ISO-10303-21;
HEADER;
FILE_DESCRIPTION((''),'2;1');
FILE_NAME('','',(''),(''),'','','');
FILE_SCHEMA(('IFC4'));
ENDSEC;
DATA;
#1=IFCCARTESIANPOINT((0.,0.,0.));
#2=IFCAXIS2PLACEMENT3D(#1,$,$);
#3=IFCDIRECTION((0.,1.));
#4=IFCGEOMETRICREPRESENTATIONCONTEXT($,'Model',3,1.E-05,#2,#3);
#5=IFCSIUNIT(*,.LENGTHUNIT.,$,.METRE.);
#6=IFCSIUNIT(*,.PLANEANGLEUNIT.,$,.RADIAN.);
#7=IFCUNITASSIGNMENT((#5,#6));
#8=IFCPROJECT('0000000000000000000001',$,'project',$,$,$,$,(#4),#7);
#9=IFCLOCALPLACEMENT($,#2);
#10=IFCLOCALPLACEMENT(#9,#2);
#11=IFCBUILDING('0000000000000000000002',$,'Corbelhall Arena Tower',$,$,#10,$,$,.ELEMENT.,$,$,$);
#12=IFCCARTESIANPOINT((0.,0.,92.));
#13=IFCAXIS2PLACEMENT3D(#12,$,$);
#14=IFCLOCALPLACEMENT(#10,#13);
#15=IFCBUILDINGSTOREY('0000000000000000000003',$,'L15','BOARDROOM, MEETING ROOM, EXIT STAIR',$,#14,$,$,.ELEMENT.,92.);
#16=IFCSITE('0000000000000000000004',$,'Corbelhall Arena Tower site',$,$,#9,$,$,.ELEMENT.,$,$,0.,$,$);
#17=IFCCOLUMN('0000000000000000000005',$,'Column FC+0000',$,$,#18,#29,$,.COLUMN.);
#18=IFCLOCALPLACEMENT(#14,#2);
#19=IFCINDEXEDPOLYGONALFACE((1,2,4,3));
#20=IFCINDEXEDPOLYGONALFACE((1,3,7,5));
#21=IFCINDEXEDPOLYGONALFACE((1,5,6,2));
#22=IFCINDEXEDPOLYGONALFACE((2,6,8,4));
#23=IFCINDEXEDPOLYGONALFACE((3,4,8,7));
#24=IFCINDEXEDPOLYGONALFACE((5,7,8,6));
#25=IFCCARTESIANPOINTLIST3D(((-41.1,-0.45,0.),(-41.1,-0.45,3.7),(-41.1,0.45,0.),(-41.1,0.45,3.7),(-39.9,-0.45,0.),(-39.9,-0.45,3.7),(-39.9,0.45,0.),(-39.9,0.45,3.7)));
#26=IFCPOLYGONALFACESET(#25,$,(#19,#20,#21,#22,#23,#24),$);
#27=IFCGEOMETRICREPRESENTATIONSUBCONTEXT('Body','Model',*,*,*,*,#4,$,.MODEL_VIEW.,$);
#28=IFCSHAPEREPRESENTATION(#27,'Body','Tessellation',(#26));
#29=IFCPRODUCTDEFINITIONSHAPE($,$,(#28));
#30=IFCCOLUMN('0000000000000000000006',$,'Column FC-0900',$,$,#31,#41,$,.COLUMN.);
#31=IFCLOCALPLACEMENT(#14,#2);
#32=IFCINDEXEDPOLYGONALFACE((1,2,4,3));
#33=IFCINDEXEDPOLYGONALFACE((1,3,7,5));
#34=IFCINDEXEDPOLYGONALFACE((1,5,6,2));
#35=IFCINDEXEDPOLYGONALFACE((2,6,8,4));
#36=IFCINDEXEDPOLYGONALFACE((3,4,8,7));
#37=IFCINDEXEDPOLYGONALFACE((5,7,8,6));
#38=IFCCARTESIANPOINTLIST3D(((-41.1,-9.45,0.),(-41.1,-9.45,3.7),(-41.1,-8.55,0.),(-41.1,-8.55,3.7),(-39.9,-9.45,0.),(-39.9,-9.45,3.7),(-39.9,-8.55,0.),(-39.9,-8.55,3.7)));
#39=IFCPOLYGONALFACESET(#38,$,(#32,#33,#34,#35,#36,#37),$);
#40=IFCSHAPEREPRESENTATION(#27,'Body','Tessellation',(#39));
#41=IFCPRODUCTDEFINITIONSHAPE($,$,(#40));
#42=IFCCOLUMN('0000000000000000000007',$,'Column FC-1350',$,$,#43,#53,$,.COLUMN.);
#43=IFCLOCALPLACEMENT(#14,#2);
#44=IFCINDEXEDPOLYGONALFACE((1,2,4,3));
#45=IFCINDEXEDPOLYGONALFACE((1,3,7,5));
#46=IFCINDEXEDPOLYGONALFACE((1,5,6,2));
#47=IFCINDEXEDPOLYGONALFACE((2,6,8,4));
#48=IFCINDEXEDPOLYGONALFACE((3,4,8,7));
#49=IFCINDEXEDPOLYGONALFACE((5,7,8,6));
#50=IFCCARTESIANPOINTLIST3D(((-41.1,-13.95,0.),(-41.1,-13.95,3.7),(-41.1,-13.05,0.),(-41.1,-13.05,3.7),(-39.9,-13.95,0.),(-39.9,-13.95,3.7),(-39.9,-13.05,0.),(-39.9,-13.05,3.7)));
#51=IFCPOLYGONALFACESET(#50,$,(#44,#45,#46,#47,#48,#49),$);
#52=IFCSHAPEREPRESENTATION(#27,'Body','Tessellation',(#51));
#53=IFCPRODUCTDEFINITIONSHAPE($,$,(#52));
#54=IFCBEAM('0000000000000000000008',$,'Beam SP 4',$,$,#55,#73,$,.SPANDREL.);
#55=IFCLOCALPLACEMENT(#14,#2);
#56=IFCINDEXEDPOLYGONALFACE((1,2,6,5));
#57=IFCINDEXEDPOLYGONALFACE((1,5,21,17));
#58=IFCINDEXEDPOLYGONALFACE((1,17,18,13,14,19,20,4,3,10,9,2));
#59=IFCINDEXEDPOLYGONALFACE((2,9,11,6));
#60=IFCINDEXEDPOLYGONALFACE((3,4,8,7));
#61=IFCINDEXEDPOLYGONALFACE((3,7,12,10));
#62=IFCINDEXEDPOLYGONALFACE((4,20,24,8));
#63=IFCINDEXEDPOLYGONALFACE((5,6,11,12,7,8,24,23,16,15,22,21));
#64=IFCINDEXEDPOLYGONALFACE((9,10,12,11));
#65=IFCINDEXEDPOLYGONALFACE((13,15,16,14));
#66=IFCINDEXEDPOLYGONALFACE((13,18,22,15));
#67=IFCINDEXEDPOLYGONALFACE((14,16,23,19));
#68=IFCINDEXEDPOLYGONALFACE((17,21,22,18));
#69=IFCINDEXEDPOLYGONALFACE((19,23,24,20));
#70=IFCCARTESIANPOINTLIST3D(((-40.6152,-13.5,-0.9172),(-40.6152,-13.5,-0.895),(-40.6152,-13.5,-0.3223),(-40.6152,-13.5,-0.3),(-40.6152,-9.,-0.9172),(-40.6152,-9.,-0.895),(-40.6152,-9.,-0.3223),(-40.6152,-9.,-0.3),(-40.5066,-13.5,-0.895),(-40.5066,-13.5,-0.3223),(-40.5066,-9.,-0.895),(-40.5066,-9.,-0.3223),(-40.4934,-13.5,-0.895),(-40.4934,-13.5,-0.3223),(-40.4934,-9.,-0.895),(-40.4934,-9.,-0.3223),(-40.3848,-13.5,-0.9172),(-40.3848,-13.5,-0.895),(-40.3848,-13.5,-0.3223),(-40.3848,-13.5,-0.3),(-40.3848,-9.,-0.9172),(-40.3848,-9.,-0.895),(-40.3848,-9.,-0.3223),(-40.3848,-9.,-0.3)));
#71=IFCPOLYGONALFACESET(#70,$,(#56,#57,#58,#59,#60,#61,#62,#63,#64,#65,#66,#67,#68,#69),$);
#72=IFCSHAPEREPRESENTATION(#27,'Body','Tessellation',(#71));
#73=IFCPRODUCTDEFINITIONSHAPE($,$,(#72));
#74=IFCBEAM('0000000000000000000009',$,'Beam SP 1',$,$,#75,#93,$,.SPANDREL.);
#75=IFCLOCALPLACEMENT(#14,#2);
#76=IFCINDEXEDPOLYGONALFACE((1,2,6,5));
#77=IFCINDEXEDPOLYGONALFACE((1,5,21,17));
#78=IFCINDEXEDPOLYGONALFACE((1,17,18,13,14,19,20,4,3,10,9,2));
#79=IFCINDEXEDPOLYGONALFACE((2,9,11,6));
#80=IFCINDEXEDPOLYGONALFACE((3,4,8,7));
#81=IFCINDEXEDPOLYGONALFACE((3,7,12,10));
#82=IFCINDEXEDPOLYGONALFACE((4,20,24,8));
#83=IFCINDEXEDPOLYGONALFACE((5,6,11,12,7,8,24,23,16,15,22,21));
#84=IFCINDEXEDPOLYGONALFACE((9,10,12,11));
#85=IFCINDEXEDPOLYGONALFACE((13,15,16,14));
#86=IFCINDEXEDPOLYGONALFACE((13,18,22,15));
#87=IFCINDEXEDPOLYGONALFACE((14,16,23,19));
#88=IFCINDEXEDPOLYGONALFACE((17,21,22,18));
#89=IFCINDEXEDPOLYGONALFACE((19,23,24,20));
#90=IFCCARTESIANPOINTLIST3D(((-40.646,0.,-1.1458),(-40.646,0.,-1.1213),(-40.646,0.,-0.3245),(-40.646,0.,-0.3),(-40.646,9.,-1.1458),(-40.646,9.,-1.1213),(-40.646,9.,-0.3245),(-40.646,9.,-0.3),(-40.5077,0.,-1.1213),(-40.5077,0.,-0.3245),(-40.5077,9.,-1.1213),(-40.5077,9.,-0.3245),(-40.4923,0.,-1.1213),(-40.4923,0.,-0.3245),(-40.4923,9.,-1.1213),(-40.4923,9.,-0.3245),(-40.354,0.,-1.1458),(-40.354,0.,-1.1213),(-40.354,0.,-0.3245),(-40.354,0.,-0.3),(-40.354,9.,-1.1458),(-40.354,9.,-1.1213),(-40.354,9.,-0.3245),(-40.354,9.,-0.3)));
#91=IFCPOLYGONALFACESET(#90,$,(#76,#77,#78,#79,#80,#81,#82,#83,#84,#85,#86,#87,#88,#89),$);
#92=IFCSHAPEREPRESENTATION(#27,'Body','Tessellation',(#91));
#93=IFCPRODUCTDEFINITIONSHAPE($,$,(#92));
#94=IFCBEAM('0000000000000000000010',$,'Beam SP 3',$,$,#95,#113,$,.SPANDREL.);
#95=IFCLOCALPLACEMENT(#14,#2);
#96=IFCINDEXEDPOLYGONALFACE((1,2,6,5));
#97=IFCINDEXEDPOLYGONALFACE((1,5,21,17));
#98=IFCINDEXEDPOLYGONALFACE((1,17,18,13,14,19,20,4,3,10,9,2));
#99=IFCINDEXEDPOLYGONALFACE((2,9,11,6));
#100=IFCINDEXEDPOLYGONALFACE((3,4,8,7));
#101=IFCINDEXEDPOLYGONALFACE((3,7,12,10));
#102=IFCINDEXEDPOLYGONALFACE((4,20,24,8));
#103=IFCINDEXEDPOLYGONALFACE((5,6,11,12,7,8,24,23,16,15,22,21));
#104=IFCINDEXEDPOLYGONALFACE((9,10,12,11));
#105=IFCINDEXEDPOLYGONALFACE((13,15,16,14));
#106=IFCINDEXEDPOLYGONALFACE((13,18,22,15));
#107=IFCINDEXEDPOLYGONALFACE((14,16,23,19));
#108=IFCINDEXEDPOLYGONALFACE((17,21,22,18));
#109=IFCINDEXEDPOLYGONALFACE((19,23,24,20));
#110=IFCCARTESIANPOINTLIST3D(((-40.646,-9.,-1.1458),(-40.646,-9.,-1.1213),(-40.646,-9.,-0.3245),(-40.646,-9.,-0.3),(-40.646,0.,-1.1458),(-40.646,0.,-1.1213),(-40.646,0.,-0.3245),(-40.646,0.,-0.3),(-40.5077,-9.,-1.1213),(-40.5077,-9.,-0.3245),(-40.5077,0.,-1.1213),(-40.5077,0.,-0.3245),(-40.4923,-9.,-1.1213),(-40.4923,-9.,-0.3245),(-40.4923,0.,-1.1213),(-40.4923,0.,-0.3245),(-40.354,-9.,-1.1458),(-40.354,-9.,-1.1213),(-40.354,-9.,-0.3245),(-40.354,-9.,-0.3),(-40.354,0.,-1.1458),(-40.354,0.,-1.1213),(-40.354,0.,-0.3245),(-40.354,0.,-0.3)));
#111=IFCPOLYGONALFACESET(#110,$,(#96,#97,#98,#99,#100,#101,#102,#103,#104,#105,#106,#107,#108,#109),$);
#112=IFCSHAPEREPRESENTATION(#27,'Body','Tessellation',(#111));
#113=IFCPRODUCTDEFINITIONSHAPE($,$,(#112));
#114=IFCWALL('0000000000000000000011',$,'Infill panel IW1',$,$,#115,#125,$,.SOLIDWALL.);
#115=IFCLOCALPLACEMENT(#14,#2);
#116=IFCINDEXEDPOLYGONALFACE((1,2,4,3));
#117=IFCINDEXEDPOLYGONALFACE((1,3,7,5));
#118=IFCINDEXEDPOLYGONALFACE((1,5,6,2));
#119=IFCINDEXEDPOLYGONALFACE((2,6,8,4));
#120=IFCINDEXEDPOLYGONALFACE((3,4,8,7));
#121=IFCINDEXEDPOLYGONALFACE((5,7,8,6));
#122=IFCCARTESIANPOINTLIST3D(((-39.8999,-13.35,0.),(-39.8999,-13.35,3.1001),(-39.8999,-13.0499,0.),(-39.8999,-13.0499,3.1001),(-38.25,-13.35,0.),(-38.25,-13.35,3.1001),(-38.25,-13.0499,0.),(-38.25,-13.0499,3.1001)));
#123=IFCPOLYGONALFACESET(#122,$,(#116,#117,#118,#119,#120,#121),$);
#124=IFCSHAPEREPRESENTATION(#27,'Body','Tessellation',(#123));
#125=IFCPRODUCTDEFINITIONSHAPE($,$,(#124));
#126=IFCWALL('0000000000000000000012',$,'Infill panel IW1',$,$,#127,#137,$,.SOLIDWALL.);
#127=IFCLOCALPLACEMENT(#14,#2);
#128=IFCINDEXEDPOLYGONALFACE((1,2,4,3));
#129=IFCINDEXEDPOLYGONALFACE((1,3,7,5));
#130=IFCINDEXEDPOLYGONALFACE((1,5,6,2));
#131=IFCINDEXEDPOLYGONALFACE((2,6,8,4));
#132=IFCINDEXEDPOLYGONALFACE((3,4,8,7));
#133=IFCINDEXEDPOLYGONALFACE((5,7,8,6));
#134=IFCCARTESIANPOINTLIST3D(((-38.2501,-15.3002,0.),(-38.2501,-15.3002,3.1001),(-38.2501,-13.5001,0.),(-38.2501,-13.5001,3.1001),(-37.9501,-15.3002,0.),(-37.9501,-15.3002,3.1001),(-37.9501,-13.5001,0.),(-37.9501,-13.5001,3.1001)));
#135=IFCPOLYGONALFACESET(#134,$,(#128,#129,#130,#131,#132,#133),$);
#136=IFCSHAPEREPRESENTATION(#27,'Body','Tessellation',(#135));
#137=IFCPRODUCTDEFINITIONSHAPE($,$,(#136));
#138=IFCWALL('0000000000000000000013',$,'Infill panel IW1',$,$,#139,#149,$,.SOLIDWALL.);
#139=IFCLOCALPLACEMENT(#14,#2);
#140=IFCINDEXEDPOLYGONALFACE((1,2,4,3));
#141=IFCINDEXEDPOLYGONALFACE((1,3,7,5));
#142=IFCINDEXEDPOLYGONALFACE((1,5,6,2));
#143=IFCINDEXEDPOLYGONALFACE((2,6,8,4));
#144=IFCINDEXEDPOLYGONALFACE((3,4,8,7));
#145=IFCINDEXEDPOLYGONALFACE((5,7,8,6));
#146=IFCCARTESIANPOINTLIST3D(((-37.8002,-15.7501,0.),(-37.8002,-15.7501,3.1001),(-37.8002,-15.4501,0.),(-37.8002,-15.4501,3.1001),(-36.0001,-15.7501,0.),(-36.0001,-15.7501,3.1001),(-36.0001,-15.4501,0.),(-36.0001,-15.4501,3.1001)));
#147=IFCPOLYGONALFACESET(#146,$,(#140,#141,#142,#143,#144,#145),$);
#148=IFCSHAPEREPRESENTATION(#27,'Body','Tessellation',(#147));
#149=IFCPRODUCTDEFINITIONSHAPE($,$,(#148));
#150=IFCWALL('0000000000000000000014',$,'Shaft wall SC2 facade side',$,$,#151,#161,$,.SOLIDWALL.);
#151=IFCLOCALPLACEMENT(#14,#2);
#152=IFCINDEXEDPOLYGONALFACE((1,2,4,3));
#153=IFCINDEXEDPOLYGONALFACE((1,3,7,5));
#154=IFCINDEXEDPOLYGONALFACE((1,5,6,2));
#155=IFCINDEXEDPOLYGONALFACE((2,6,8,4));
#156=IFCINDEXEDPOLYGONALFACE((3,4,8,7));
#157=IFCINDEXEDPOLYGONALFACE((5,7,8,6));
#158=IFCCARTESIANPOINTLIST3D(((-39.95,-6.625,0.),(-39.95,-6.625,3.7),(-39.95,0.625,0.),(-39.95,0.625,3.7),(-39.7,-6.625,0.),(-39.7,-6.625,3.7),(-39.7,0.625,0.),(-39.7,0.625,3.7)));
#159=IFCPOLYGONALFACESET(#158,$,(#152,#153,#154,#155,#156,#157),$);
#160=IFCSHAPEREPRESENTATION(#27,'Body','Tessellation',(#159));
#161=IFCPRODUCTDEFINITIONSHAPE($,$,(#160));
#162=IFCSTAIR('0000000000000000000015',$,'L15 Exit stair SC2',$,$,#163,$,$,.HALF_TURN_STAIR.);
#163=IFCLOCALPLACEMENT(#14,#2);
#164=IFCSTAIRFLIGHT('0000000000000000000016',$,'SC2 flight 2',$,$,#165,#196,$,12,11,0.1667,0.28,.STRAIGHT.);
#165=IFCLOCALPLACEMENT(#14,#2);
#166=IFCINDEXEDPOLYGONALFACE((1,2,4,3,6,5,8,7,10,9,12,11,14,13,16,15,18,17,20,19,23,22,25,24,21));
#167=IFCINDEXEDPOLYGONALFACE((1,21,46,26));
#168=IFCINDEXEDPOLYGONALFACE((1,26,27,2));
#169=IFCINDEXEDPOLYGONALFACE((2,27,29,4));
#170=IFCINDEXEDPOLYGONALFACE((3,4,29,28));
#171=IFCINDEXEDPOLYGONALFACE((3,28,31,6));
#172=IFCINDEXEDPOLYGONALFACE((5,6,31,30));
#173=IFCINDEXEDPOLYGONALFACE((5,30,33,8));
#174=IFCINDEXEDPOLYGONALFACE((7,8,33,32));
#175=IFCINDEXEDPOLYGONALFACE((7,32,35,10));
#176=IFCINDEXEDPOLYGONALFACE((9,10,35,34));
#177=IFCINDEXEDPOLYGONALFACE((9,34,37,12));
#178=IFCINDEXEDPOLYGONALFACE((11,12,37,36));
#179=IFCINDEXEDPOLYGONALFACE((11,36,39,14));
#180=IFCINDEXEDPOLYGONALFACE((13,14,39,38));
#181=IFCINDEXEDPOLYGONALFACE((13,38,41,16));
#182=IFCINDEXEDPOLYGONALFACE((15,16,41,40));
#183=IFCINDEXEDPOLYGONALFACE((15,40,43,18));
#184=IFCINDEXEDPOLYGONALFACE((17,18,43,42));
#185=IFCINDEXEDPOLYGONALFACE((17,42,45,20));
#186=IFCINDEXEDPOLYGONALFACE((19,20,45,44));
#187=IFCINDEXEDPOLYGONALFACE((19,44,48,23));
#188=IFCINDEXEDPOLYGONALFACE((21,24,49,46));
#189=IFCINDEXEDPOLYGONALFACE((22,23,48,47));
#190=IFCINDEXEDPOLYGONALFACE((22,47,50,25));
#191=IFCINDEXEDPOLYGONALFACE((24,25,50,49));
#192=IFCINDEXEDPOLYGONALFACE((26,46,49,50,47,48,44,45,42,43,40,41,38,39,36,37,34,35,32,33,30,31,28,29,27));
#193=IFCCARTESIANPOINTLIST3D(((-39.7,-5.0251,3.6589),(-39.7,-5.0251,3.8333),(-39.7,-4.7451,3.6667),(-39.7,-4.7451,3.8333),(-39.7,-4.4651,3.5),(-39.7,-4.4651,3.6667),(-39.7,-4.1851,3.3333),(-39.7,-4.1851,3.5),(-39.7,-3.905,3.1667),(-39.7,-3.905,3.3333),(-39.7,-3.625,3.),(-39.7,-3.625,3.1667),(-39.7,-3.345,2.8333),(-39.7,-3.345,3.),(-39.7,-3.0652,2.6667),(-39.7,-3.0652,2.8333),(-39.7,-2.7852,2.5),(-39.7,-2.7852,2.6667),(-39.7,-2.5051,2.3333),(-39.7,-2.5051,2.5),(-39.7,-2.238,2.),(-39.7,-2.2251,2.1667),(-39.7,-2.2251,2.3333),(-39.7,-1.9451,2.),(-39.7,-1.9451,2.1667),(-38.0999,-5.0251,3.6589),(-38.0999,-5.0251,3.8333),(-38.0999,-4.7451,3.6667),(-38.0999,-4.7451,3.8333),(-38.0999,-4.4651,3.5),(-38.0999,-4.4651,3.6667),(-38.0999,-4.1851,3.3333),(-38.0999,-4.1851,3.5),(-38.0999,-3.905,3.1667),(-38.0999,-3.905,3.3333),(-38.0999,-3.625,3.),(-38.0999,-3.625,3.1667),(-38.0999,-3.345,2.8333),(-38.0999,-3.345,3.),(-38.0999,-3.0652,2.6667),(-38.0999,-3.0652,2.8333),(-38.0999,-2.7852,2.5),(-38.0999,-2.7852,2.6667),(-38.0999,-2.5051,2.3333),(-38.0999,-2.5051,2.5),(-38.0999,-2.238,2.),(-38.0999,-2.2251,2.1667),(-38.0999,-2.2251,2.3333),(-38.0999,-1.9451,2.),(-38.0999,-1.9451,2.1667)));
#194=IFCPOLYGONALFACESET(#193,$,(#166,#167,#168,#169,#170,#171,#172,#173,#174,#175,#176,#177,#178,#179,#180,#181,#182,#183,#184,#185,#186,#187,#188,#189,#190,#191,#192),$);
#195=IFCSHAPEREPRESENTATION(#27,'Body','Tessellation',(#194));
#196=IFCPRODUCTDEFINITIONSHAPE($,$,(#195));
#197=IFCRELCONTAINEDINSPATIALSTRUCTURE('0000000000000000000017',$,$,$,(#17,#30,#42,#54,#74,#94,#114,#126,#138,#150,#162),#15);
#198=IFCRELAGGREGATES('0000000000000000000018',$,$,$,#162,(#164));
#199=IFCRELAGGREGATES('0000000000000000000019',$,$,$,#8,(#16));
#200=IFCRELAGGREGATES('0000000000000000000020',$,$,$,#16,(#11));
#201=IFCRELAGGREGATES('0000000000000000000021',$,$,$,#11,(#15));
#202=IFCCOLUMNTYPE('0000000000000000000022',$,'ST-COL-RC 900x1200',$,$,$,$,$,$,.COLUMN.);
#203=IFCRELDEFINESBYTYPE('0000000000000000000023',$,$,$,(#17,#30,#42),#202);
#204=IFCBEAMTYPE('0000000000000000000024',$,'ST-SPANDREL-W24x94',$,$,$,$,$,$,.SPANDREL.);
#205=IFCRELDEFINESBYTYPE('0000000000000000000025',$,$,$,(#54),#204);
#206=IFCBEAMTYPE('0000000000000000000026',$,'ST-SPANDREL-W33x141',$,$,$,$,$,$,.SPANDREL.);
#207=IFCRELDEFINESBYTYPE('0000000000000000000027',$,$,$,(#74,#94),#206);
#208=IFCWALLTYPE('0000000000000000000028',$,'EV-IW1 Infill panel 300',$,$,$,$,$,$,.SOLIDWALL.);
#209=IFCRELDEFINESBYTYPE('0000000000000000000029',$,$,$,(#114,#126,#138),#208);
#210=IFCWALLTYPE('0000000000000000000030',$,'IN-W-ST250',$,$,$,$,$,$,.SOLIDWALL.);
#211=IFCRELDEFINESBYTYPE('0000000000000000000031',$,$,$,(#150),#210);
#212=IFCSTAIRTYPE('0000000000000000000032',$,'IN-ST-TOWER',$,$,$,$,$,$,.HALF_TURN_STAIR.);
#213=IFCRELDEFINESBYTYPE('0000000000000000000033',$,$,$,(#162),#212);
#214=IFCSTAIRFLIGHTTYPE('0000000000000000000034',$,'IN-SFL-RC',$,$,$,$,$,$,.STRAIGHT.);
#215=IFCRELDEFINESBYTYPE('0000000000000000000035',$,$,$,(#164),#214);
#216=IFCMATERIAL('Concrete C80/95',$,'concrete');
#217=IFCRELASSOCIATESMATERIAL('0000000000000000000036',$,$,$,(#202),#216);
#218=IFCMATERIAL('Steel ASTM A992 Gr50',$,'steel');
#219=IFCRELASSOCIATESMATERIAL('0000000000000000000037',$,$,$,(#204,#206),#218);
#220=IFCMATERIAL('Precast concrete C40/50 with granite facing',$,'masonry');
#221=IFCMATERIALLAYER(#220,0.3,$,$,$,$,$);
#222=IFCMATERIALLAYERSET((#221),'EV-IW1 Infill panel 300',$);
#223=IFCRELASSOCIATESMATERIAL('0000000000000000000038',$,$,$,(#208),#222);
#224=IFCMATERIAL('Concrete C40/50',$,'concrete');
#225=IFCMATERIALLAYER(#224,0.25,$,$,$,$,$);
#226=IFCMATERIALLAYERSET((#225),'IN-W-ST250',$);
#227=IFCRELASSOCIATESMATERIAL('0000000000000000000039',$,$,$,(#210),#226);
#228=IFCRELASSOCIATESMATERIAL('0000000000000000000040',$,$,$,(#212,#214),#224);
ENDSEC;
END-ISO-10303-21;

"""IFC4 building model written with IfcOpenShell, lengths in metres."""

from ifc_helpers import new_model, si_unit, direction, frame, frame_2d, origin, origin_2d, place, context, subcontext, project, spatial, polyline, rectangle, i_section, outline, extrude, material, layer, layer_set, material_profile, profile_set, type_object, element, aggregate, save


model = new_model("IFC4")

# Units and contexts
model_context = context("Model", 3, precision=1e-05, world=origin(), true_north=direction((0.0, 1.0)))
body_context = subcontext(model_context, "Body", "Model", "MODEL_VIEW")
ifc_project = project(units=[si_unit("LENGTHUNIT", "METRE"), si_unit("PLANEANGLEUNIT", "RADIAN")], contexts=[model_context])

# Site, building, storey
site_placement = place(None, origin())
site = spatial("IfcSite", under=ifc_project, at=site_placement, Name="Corbelhall Arena Tower site", CompositionType="ELEMENT", RefElevation=0.0)
building_placement = place(site_placement, origin())
building = spatial("IfcBuilding", under=site, at=building_placement, Name="Corbelhall Arena Tower", CompositionType="ELEMENT")
storey_placement = place(building_placement, frame((0.0, 0.0, 92.0)))
storey = spatial("IfcBuildingStorey", under=building, at=storey_placement, Name="L15", Description="BOARDROOM, MEETING ROOM, EXIT STAIR", CompositionType="ELEMENT", Elevation=92.0)

# Columns
ifc_material_1 = material(Name="Concrete C80/95", Category="concrete")
ifc_material_profile_1 = material_profile(ifc_material_1, rectangle(XDim=0.8999, YDim=1.2, at=origin_2d()))
ifc_profile_set_1 = profile_set([ifc_material_profile_1], Name="Concrete C80/95")
column_type = type_object("IfcColumnType", Name="ST-COL-RC 900x1200", PredefinedType="COLUMN", material=ifc_profile_set_1)
for number, where, z_axis, x_axis, name in (
    (1, (-40.5, 0.0, 0.0), (0.0, 0.0, 1.0), (0.0, 1.0, 0.0), "Column FC+0000"),
    (2, (-40.5, -9.0, 0.0), (0.0, 0.0, 1.0), (0.0, 1.0, 0.0), "Column FC-0900"),
    (3, (-40.5, -13.5, 0.0), (0.0, 0.0, 1.0), (0.0, 1.0, 0.0), "Column FC-1350"),
):
    element("IfcColumn", number, at=place(storey_placement, frame(where, z_axis=z_axis, x_axis=x_axis)), inside=storey, type_object=column_type, Name=name, PredefinedType="COLUMN", context=body_context, shape_type="SweptSolid", body=[
        extrude(rectangle(XDim=0.8999, YDim=1.2, at=origin_2d()), origin(), (0.0, 0.0, 1.0), 3.7),
    ])

# Beams
ifc_material_2 = material(Name="Steel ASTM A992 Gr50", Category="steel")
ifc_material_profile_2 = material_profile(ifc_material_2, i_section(OverallWidth=0.2305, OverallDepth=0.6172, WebThickness=0.0132, FlangeThickness=0.0222, at=origin_2d()))
ifc_profile_set_2 = profile_set([ifc_material_profile_2], Name="Steel ASTM A992 Gr50")
beam_type_1 = type_object("IfcBeamType", Name="ST-SPANDREL-W24x94", PredefinedType="SPANDREL", material=ifc_profile_set_2)
beam_placement = place(storey_placement, frame((-40.5, -13.5, -0.6086), z_axis=(0.0, 1.0, 0.0), x_axis=(-1.0, 0.0, 0.0)))
element("IfcBeam", 4, at=beam_placement, inside=storey, type_object=beam_type_1, Name="Beam SP 4", PredefinedType="SPANDREL", context=body_context, shape_type="SweptSolid", body=[
    extrude(i_section(OverallWidth=0.2305, OverallDepth=0.6172, WebThickness=0.0132, FlangeThickness=0.0222, at=origin_2d()), origin(), (0.0, 0.0, 1.0), 4.5),
])
ifc_material_profile_3 = material_profile(ifc_material_2, i_section(OverallWidth=0.292, OverallDepth=0.8457, WebThickness=0.0154, FlangeThickness=0.0244, at=origin_2d()))
ifc_profile_set_3 = profile_set([ifc_material_profile_3], Name="Steel ASTM A992 Gr50")
beam_type_2 = type_object("IfcBeamType", Name="ST-SPANDREL-W33x141", PredefinedType="SPANDREL", material=ifc_profile_set_3)
for number, where, z_axis, x_axis, name in (
    (5, (-40.5, 0.0, -0.7229), (0.0, 1.0, 0.0), (-1.0, 0.0, 0.0), "Beam SP 1"),
    (6, (-40.5, -9.0, -0.7229), (0.0, 1.0, 0.0), (-1.0, 0.0, 0.0), "Beam SP 3"),
):
    element("IfcBeam", number, at=place(storey_placement, frame(where, z_axis=z_axis, x_axis=x_axis)), inside=storey, type_object=beam_type_2, Name=name, PredefinedType="SPANDREL", context=body_context, shape_type="SweptSolid", body=[
        extrude(i_section(OverallWidth=0.292, OverallDepth=0.8457, WebThickness=0.0154, FlangeThickness=0.0244, at=origin_2d()), origin(), (0.0, 0.0, 1.0), 9.0),
    ])

# Walls
ifc_material_3 = material(Name="Precast concrete C40/50 with granite facing", Category="masonry")
ifc_layer_1 = layer(ifc_material_3, 0.3)
ifc_layer_set_1 = layer_set([ifc_layer_1], Name="EV-IW1 Infill panel 300")
wall_type_1 = type_object("IfcWallType", Name="EV-IW1 Infill panel 300", PredefinedType="SOLIDWALL", material=ifc_layer_set_1)
wall_1_placement = place(storey_placement, frame((-39.8999, -13.2, 0.0), z_axis=(0.0, 0.0, 1.0), x_axis=(1.0, 0.0, 0.0)))
element("IfcWall", 7, at=wall_1_placement, inside=storey, type_object=wall_type_1, Name="Infill panel IW1", PredefinedType="SOLIDWALL", context=body_context, shape_type="SweptSolid", body=[
    extrude(rectangle(XDim=1.6499, YDim=0.3, at=frame_2d((0.825, 0.0))), origin(), (0.0, 0.0, 1.0), 3.1001),
])
for number, where, z_axis, x_axis, name in (
    (8, (-38.1001, -15.3, 0.0), (0.0, 0.0, 1.0), (0.0, 1.0, 0.0), "Infill panel IW1"),
    (9, (-37.8, -15.6001, 0.0), (0.0, 0.0, 1.0), (1.0, 0.0, 0.0), "Infill panel IW1"),
):
    element("IfcWall", number, at=place(storey_placement, frame(where, z_axis=z_axis, x_axis=x_axis)), inside=storey, type_object=wall_type_1, Name=name, PredefinedType="SOLIDWALL", context=body_context, shape_type="SweptSolid", body=[
        extrude(rectangle(XDim=1.8, YDim=0.3, at=frame_2d((0.8999, 0.0))), origin(), (0.0, 0.0, 1.0), 3.1001),
    ])

# Wall
ifc_material_4 = material(Name="Concrete C40/50", Category="concrete")
ifc_layer_2 = layer(ifc_material_4, 0.25)
ifc_layer_set_2 = layer_set([ifc_layer_2], Name="IN-W-ST250")
wall_type_2 = type_object("IfcWallType", Name="IN-W-ST250", PredefinedType="SOLIDWALL", material=ifc_layer_set_2)
wall_2_placement = place(storey_placement, frame((-39.825, -6.625, 0.0), z_axis=(0.0, 0.0, 1.0), x_axis=(0.0, 1.0, 0.0)))
element("IfcWall", 10, at=wall_2_placement, inside=storey, type_object=wall_type_2, Name="Shaft wall SC2 facade side", PredefinedType="SOLIDWALL", context=body_context, shape_type="SweptSolid", body=[
    extrude(rectangle(XDim=7.25, YDim=0.25, at=frame_2d((3.625, 0.0))), origin(), (0.0, 0.0, 1.0), 3.7),
])

# Stair, stair flight
stair_type = type_object("IfcStairType", Name="IN-ST-TOWER", PredefinedType="HALF_TURN_STAIR", material=ifc_material_4)
stair_placement = place(storey_placement, origin())
stair = element("IfcStair", 11, at=stair_placement, inside=storey, type_object=stair_type, Name="L15 Exit stair SC2", PredefinedType="HALF_TURN_STAIR")
stair_flight_type = type_object("IfcStairFlightType", Name="IN-SFL-RC", PredefinedType="STRAIGHT", material=ifc_material_4)
stair_flight_placement = place(storey_placement, frame((-38.8999, -1.9451, 2.0), z_axis=(0.0, 0.0, 1.0), x_axis=(0.0, -1.0, 0.0)))
stair_flight = element("IfcStairFlight", 12, at=stair_flight_placement, type_object=stair_flight_type, Name="SC2 flight 2", NumberOfRisers=12, NumberOfTreads=11, PredefinedType="STRAIGHT", RiserHeight=0.1667, TreadLength=0.28, context=body_context, shape_type="SweptSolid", body=[
    extrude(outline(polyline([(0.0, 0.0), (0.0, 0.1667), (0.28, 0.1667), (0.28, 0.3333), (0.5601, 0.3333), (0.5601, 0.5), (0.8401, 0.5), (0.8401, 0.6667), (1.1201, 0.6667), (1.1201, 0.8333), (1.3999, 0.8333), (1.3999, 1.0), (1.6799, 1.0), (1.6799, 1.1667), (1.96, 1.1667), (1.96, 1.3333), (2.24, 1.3333), (2.24, 1.5), (2.52, 1.5), (2.52, 1.6667), (2.8, 1.6667), (2.8, 1.8333), (3.0801, 1.8333), (3.0801, 2.0), (3.0801, 1.6589), (0.293, 0.0), (0.0, 0.0)])), frame((0.0, 0.8, 0.0), z_axis=(0.0, -1.0, 0.0), x_axis=(1.0, 0.0, 0.0)), (0.0, 0.0, 1.0), 1.6001),
])
aggregate(stair, [stair_flight])

save(model, "model.ifc")
